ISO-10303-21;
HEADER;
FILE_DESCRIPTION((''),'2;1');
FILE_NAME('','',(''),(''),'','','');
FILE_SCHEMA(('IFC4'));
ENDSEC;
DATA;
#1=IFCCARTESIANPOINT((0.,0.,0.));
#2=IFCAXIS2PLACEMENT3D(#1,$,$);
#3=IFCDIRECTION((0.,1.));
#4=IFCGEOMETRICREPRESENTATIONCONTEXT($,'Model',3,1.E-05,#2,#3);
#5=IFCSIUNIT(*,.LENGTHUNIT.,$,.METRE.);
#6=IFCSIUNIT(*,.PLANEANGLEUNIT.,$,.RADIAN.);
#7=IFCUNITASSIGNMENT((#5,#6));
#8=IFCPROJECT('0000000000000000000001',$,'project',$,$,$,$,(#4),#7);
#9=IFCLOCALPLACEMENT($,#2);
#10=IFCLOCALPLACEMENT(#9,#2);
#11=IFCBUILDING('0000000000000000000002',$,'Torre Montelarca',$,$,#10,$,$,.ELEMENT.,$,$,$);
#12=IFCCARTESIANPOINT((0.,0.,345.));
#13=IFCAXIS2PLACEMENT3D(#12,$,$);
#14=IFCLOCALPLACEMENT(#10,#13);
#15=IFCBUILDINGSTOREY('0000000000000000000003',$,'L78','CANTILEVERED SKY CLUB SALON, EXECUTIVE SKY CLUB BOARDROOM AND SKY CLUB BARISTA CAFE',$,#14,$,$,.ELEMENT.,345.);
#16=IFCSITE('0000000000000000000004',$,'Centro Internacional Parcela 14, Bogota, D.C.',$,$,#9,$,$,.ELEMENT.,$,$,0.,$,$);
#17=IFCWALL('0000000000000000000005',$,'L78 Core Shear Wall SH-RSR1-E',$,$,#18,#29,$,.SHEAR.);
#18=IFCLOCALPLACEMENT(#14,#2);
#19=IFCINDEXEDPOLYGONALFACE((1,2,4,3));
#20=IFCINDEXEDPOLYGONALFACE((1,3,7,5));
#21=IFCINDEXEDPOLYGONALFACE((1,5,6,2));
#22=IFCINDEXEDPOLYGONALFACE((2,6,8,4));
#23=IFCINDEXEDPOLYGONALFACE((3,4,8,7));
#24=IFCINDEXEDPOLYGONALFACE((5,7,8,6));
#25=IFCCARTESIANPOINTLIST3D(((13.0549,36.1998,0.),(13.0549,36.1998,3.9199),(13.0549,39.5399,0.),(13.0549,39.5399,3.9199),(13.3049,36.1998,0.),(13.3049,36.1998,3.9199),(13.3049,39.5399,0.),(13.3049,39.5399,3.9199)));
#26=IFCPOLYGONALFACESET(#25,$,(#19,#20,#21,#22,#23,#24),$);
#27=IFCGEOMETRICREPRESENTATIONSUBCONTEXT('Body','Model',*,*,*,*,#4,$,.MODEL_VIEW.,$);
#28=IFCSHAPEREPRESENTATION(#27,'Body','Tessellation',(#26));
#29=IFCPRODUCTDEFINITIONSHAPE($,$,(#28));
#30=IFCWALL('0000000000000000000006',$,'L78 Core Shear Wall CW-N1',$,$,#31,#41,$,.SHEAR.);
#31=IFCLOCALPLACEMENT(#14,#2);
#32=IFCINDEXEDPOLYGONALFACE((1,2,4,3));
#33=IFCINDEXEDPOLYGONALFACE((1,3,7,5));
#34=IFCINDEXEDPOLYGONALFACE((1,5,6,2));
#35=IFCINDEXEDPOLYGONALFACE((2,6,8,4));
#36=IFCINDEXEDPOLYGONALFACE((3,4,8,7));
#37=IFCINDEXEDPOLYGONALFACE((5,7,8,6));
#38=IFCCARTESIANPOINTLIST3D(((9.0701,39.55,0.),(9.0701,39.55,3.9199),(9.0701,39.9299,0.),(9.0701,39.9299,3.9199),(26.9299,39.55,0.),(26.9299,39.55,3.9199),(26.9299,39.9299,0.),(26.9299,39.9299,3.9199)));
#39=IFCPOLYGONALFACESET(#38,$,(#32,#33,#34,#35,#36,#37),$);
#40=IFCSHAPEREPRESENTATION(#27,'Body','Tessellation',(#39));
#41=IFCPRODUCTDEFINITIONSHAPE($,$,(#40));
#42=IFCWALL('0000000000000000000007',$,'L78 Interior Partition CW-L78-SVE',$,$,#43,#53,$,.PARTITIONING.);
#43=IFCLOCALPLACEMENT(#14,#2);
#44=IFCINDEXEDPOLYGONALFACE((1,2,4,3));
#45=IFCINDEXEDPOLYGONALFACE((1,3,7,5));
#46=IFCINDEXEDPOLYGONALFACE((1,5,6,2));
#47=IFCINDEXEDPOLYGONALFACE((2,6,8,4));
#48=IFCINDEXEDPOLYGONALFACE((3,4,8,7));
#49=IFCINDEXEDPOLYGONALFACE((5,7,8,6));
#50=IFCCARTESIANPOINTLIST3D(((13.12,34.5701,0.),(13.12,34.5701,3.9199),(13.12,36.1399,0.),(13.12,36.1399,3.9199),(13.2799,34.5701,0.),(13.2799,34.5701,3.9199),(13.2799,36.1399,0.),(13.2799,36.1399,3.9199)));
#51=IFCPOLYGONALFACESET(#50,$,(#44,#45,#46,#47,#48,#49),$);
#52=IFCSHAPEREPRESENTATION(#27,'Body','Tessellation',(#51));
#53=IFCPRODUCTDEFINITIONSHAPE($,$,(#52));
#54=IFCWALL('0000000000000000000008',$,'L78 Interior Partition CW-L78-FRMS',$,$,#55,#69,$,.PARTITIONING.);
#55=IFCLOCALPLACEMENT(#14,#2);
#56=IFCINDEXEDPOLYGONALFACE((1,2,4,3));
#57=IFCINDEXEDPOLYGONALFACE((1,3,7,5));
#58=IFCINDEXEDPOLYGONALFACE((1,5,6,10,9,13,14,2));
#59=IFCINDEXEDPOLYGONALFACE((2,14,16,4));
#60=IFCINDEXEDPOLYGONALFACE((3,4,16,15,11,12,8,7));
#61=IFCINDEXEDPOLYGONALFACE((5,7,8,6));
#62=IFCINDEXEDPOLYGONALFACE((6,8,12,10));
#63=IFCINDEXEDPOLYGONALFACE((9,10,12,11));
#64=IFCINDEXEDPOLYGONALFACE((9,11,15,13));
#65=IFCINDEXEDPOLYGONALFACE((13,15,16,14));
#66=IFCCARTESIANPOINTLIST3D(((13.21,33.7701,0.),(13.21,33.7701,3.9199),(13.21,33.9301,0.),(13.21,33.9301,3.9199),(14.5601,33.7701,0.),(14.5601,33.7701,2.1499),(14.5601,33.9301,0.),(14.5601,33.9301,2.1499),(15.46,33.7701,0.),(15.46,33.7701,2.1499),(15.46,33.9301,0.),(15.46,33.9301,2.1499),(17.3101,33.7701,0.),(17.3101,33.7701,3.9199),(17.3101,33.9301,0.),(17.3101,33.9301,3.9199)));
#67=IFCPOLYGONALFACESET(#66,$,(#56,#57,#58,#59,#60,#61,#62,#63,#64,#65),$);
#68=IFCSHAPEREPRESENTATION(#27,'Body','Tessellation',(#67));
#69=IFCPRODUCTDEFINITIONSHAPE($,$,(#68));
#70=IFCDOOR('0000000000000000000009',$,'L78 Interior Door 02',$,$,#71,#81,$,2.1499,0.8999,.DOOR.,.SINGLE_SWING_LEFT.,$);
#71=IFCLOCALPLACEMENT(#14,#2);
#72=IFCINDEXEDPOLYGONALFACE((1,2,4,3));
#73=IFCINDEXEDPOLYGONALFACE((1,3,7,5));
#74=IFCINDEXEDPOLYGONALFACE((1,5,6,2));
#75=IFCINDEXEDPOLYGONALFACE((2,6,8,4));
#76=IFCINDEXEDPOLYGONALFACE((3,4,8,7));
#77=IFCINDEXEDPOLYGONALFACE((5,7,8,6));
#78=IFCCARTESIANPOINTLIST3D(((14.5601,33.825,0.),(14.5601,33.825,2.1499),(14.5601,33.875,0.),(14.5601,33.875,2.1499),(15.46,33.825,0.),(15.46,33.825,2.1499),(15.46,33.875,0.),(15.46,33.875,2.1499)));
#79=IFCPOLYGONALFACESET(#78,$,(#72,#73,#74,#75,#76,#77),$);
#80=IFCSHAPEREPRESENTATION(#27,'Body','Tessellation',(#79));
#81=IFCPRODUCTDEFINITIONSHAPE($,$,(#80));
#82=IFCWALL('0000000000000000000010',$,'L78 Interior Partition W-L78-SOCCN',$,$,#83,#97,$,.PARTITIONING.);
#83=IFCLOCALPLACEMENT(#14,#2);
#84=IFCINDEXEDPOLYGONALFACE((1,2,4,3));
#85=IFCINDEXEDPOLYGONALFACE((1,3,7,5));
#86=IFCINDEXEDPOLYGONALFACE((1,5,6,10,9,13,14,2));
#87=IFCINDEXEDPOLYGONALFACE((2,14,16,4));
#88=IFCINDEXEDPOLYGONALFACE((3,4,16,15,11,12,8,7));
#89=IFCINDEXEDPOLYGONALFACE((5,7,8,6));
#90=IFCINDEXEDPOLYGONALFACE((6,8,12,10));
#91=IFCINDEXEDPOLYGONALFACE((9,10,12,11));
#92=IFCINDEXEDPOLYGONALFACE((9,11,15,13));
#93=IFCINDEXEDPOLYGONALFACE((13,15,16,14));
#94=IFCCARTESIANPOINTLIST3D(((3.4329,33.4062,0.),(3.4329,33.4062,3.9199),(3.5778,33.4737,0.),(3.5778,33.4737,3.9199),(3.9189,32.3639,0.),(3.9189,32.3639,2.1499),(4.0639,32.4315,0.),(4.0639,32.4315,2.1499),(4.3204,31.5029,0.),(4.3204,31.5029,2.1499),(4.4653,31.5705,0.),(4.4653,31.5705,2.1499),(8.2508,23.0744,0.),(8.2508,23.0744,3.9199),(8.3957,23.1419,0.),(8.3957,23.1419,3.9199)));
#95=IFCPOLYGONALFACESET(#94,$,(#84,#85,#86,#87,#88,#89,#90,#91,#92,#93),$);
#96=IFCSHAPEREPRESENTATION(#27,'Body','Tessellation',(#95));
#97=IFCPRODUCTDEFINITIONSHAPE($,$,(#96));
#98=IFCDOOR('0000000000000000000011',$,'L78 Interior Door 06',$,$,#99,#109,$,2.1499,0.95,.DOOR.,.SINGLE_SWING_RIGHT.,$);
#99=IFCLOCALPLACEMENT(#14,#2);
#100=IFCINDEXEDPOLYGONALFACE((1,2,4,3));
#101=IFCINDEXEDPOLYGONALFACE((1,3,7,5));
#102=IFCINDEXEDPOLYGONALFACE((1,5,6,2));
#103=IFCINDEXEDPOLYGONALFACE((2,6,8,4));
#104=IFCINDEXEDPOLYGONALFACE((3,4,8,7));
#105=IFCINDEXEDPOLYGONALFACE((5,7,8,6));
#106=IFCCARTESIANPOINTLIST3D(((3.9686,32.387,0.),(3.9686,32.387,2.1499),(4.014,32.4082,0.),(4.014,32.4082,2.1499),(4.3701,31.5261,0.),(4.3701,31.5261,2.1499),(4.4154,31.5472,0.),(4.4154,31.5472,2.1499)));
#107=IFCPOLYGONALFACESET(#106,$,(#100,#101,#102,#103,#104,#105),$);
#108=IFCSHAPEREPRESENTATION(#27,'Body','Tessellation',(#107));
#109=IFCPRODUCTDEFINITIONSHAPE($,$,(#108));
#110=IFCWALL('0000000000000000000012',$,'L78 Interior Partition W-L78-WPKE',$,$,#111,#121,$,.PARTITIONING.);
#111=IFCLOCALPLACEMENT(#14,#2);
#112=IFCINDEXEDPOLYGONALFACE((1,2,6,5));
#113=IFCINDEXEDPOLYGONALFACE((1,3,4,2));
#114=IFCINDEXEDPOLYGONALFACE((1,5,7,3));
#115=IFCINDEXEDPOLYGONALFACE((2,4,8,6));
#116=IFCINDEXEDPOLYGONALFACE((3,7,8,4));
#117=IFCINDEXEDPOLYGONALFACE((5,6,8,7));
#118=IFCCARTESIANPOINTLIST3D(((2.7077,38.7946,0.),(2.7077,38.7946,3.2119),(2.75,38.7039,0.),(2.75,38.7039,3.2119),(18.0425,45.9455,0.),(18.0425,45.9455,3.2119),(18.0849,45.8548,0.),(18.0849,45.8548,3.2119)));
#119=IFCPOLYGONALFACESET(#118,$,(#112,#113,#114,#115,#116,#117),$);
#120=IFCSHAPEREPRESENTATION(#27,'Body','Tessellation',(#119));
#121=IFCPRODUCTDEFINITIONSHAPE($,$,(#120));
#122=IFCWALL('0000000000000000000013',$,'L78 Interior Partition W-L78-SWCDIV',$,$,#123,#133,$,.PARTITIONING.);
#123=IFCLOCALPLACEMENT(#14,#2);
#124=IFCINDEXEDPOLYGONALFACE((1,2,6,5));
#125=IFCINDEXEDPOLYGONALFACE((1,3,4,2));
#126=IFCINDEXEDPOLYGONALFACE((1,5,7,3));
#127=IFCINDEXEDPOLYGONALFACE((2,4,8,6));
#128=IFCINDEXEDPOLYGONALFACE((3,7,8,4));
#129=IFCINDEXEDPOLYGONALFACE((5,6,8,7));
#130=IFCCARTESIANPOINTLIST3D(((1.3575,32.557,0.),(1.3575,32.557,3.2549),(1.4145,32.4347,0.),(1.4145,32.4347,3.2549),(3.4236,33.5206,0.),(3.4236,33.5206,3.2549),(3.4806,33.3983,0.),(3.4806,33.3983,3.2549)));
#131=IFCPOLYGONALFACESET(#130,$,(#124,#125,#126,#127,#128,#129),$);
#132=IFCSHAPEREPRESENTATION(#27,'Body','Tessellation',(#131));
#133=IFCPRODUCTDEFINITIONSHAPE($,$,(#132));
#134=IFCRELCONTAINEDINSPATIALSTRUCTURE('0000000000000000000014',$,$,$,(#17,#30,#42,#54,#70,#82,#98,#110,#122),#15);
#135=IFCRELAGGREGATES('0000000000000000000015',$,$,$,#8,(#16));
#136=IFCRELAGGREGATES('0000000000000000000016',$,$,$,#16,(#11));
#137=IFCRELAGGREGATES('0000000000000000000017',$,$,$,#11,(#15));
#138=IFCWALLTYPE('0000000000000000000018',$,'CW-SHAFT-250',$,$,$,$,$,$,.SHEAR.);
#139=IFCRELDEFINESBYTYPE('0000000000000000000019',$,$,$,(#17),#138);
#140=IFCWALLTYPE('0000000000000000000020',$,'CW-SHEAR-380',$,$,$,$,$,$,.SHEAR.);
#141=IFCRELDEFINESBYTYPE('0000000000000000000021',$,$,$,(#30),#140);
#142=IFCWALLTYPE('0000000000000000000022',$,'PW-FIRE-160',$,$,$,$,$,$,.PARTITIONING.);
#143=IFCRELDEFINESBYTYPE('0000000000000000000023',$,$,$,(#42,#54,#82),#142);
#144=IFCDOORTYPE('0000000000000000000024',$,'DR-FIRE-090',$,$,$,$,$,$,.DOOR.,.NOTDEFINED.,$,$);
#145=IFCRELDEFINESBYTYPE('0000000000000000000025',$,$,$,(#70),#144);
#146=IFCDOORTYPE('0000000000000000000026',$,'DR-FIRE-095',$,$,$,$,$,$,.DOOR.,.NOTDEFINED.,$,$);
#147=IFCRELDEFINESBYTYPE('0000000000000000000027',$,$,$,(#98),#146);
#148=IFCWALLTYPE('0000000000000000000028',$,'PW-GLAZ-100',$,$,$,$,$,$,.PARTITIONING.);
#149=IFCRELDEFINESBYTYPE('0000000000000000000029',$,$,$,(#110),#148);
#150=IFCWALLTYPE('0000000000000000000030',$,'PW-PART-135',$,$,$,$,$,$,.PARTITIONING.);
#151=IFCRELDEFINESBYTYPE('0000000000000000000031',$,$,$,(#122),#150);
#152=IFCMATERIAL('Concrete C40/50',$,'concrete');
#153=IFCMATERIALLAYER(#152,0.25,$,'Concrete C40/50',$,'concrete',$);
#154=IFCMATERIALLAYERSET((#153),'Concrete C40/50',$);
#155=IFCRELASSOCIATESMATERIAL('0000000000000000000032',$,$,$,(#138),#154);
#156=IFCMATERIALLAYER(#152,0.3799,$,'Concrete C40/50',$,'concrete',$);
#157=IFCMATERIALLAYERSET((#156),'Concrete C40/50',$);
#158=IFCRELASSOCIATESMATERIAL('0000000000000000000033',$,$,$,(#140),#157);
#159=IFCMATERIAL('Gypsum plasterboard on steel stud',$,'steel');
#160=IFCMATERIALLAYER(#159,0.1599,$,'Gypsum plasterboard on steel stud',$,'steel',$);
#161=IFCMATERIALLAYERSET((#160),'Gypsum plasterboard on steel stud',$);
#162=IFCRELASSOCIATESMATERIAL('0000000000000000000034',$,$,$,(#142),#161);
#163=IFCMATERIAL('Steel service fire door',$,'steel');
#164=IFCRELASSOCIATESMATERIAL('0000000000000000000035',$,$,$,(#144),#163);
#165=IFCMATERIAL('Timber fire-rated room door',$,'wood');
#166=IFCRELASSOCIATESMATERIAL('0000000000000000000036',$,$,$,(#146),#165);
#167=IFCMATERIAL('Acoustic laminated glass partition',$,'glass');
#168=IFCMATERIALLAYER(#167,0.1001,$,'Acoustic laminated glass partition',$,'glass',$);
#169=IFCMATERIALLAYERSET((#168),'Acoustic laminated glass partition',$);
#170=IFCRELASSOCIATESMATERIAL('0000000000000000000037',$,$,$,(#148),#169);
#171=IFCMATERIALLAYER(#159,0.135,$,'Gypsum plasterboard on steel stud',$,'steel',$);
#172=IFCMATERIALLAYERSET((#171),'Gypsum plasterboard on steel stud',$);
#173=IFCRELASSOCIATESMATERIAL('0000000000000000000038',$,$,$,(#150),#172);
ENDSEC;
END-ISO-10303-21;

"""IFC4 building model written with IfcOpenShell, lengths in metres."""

from ifc_helpers import new_model, si_unit, direction, frame, frame_2d, origin, place, context, subcontext, project, spatial, rectangle, extrude, source, transform, mapped, material, layer, layer_set, type_object, element, fill, save


model = new_model("IFC4")

# Units and contexts
model_context = context("Model", 3, precision=1e-05, world=origin(), true_north=direction((0.0, 1.0)))
body_context = subcontext(model_context, "Body", "Model", "MODEL_VIEW")
ifc_project = project(units=[si_unit("LENGTHUNIT", "METRE"), si_unit("PLANEANGLEUNIT", "RADIAN")], contexts=[model_context])

# Site, building, storey
site_placement = place(None, origin())
site = spatial("IfcSite", under=ifc_project, at=site_placement, Name="Centro Internacional Parcela 14, Bogota, D.C.", CompositionType="ELEMENT", RefElevation=0.0)
building_placement = place(site_placement, origin())
building = spatial("IfcBuilding", under=site, at=building_placement, Name="Torre Montelarca", CompositionType="ELEMENT")
storey_placement = place(building_placement, frame((0.0, 0.0, 345.0)))
storey = spatial("IfcBuildingStorey", under=building, at=storey_placement, Name="L78", Description="CANTILEVERED SKY CLUB SALON, EXECUTIVE SKY CLUB BOARDROOM AND SKY CLUB BARISTA CAFE", CompositionType="ELEMENT", Elevation=345.0)

# Shared definitions
ifc_material_1 = material(Name="Concrete C40/50", Category="concrete")

# Shared definitions
ifc_layer_1 = layer(ifc_material_1, 0.25, Name="Concrete C40/50", Category="concrete")
ifc_layer_set_1 = layer_set([ifc_layer_1], Name="Concrete C40/50")
wall_type_1 = type_object("IfcWallType", Name="CW-SHAFT-250", PredefinedType="SHEAR", material=ifc_layer_set_1)

# Walls
wall_1_placement = place(storey_placement, frame((13.1799, 36.2, 0.0), z_axis=(0.0, 0.0, 1.0), x_axis=(0.0, 1.0, 0.0)))
element("IfcWall", 1, at=wall_1_placement, inside=storey, type_object=wall_type_1, Name="L78 Core Shear Wall SH-RSR1-E", PredefinedType="SHEAR", context=body_context, shape_type="SweptSolid", body=[
    extrude(rectangle(XDim=3.3401, YDim=0.25, at=frame_2d((1.6699, 0.0))), origin(), (0.0, 0.0, 1.0), 3.9199),
])
ifc_layer_2 = layer(ifc_material_1, 0.3799, Name="Concrete C40/50", Category="concrete")
ifc_layer_set_2 = layer_set([ifc_layer_2], Name="Concrete C40/50")
wall_type_2 = type_object("IfcWallType", Name="CW-SHEAR-380", PredefinedType="SHEAR", material=ifc_layer_set_2)
wall_2_placement = place(storey_placement, frame((9.0701, 39.74, 0.0), z_axis=(0.0, 0.0, 1.0), x_axis=(1.0, 0.0, 0.0)))
element("IfcWall", 2, at=wall_2_placement, inside=storey, type_object=wall_type_2, Name="L78 Core Shear Wall CW-N1", PredefinedType="SHEAR", context=body_context, shape_type="SweptSolid", body=[
    extrude(rectangle(XDim=17.8599, YDim=0.3799, at=frame_2d((8.9299, 0.0))), origin(), (0.0, 0.0, 1.0), 3.9199),
])

# Shared definitions
ifc_material_2 = material(Name="Gypsum plasterboard on steel stud", Category="steel")
ifc_layer_3 = layer(ifc_material_2, 0.1599, Name="Gypsum plasterboard on steel stud", Category="steel")
ifc_layer_set_3 = layer_set([ifc_layer_3], Name="Gypsum plasterboard on steel stud")
wall_type_3 = type_object("IfcWallType", Name="PW-FIRE-160", PredefinedType="PARTITIONING", material=ifc_layer_set_3)
ifc_material_3 = material(Name="Steel service fire door", Category="steel")
door_type_1 = type_object("IfcDoorType", Name="DR-FIRE-090", OperationType="NOTDEFINED", PredefinedType="DOOR", material=ifc_material_3)
shared_shape_1 = source(origin(), body_context, "Body", "SweptSolid", [
    extrude(rectangle(XDim=0.8999, YDim=2.1499, at=frame_2d((0.45, 1.075))), frame((0.0, 0.0249, 0.0), z_axis=(0.0, -1.0, 0.0), x_axis=(1.0, 0.0, 0.0)), (0.0, 0.0, 1.0), 0.05),
])

# Wall
wall_3_placement = place(storey_placement, frame((13.2, 34.5701, 0.0), z_axis=(0.0, 0.0, 1.0), x_axis=(0.0, 1.0, 0.0)))
element("IfcWall", 3, at=wall_3_placement, inside=storey, type_object=wall_type_3, Name="L78 Interior Partition CW-L78-SVE", PredefinedType="PARTITIONING", context=body_context, shape_type="SweptSolid", body=[
    extrude(rectangle(XDim=1.5698, YDim=0.1599, at=frame_2d((0.7849, 0.0))), origin(), (0.0, 0.0, 1.0), 3.9199),
])

# Walls, openings, doors
wall_4_placement = place(storey_placement, frame((13.21, 33.8501, 0.0), z_axis=(0.0, 0.0, 1.0), x_axis=(1.0, 0.0, 0.0)))
wall_4 = element("IfcWall", 4, at=wall_4_placement, inside=storey, type_object=wall_type_3, Name="L78 Interior Partition CW-L78-FRMS", PredefinedType="PARTITIONING", context=body_context, shape_type="SweptSolid", body=[
    extrude(rectangle(XDim=4.1001, YDim=0.1599, at=frame_2d((2.05, 0.0))), origin(), (0.0, 0.0, 1.0), 3.9199),
])
opening_1_placement = place(wall_4_placement, frame((1.3501, 0.0, 0.0)))
opening_1 = element("IfcOpeningElement", 5, at=opening_1_placement, cuts=wall_4, PredefinedType="OPENING", context=body_context, shape_type="SweptSolid", body=[
    extrude(rectangle(XDim=0.8999, YDim=2.1499, at=frame_2d((0.45, 1.075))), frame((0.0, 0.0898, 0.0), z_axis=(0.0, -1.0, 0.0), x_axis=(1.0, 0.0, 0.0)), (0.0, 0.0, 1.0), 0.1799),
])
door_1_placement = place(opening_1_placement, origin())
door_1 = element("IfcDoor", 6, at=door_1_placement, inside=storey, type_object=door_type_1, Name="L78 Interior Door 02", OperationType="SINGLE_SWING_LEFT", OverallHeight=2.1499, OverallWidth=0.8999, PredefinedType="DOOR", context=body_context, shape_type="MappedRepresentation", body=[
    mapped(shared_shape_1, transform((0.0, 0.0, 0.0), scale=1.0)),
])
fill(opening_1, door_1)
wall_5_placement = place(storey_placement, frame((3.5054, 33.4399, 0.0), z_axis=(0.0, 0.0, 1.0), x_axis=(0.422624, -0.906305, 0.0)))
wall_5 = element("IfcWall", 7, at=wall_5_placement, inside=storey, type_object=wall_type_3, Name="L78 Interior Partition W-L78-SOCCN", PredefinedType="PARTITIONING", context=body_context, shape_type="SweptSolid", body=[
    extrude(rectangle(XDim=11.3999, YDim=0.1599, at=frame_2d((5.7, 0.0))), origin(), (0.0, 0.0, 1.0), 3.9199),
])
opening_2_placement = place(wall_5_placement, frame((1.1499, 0.0, 0.0)))
opening_2 = element("IfcOpeningElement", 8, at=opening_2_placement, cuts=wall_5, PredefinedType="OPENING", context=body_context, shape_type="SweptSolid", body=[
    extrude(rectangle(XDim=0.95, YDim=2.1499, at=frame_2d((0.4751, 1.075))), frame((0.0, 0.0898, 0.0), z_axis=(0.0, -1.0, 0.0), x_axis=(1.0, 0.0, 0.0)), (0.0, 0.0, 1.0), 0.1799),
])
ifc_material_4 = material(Name="Timber fire-rated room door", Category="wood")
door_type_2 = type_object("IfcDoorType", Name="DR-FIRE-095", OperationType="NOTDEFINED", PredefinedType="DOOR", material=ifc_material_4)
shared_shape_2 = source(origin(), body_context, "Body", "SweptSolid", [
    extrude(rectangle(XDim=0.95, YDim=2.1499, at=frame_2d((0.4751, 1.075))), frame((0.0, 0.0249, 0.0), z_axis=(0.0, -1.0, 0.0), x_axis=(1.0, 0.0, 0.0)), (0.0, 0.0, 1.0), 0.05),
])
door_2_placement = place(opening_2_placement, origin())
door_2 = element("IfcDoor", 9, at=door_2_placement, inside=storey, type_object=door_type_2, Name="L78 Interior Door 06", OperationType="SINGLE_SWING_RIGHT", OverallHeight=2.1499, OverallWidth=0.95, PredefinedType="DOOR", context=body_context, shape_type="MappedRepresentation", body=[
    mapped(shared_shape_2, transform((0.0, 0.0, 0.0), scale=1.0)),
])
fill(opening_2, door_2)

# Walls
ifc_material_5 = material(Name="Acoustic laminated glass partition", Category="glass")
ifc_layer_4 = layer(ifc_material_5, 0.1001, Name="Acoustic laminated glass partition", Category="glass")
ifc_layer_set_4 = layer_set([ifc_layer_4], Name="Acoustic laminated glass partition")
wall_type_4 = type_object("IfcWallType", Name="PW-GLAZ-100", PredefinedType="PARTITIONING", material=ifc_layer_set_4)
wall_6_placement = place(storey_placement, frame((2.729, 38.7493, 0.0), z_axis=(0.0, 0.0, 1.0), x_axis=(0.906304, 0.422627, 0.0)))
element("IfcWall", 10, at=wall_6_placement, inside=storey, type_object=wall_type_4, Name="L78 Interior Partition W-L78-WPKE", PredefinedType="PARTITIONING", context=body_context, shape_type="SweptSolid", body=[
    extrude(rectangle(XDim=16.9202, YDim=0.1001, at=frame_2d((8.46, 0.0))), origin(), (0.0, 0.0, 1.0), 3.2119),
])
ifc_layer_5 = layer(ifc_material_2, 0.135, Name="Gypsum plasterboard on steel stud", Category="steel")
ifc_layer_set_5 = layer_set([ifc_layer_5], Name="Gypsum plasterboard on steel stud")
wall_type_5 = type_object("IfcWallType", Name="PW-PART-135", PredefinedType="PARTITIONING", material=ifc_layer_set_5)
wall_7_placement = place(storey_placement, frame((1.386, 32.4958, 0.0), z_axis=(0.0, 0.0, 1.0), x_axis=(0.906282, 0.422674, 0.0)))
element("IfcWall", 11, at=wall_7_placement, inside=storey, type_object=wall_type_5, Name="L78 Interior Partition W-L78-SWCDIV", PredefinedType="PARTITIONING", context=body_context, shape_type="SweptSolid", body=[
    extrude(rectangle(XDim=2.2798, YDim=0.135, at=frame_2d((1.1399, 0.0))), origin(), (0.0, 0.0, 1.0), 3.2549),
])

save(model, "model.ifc")
